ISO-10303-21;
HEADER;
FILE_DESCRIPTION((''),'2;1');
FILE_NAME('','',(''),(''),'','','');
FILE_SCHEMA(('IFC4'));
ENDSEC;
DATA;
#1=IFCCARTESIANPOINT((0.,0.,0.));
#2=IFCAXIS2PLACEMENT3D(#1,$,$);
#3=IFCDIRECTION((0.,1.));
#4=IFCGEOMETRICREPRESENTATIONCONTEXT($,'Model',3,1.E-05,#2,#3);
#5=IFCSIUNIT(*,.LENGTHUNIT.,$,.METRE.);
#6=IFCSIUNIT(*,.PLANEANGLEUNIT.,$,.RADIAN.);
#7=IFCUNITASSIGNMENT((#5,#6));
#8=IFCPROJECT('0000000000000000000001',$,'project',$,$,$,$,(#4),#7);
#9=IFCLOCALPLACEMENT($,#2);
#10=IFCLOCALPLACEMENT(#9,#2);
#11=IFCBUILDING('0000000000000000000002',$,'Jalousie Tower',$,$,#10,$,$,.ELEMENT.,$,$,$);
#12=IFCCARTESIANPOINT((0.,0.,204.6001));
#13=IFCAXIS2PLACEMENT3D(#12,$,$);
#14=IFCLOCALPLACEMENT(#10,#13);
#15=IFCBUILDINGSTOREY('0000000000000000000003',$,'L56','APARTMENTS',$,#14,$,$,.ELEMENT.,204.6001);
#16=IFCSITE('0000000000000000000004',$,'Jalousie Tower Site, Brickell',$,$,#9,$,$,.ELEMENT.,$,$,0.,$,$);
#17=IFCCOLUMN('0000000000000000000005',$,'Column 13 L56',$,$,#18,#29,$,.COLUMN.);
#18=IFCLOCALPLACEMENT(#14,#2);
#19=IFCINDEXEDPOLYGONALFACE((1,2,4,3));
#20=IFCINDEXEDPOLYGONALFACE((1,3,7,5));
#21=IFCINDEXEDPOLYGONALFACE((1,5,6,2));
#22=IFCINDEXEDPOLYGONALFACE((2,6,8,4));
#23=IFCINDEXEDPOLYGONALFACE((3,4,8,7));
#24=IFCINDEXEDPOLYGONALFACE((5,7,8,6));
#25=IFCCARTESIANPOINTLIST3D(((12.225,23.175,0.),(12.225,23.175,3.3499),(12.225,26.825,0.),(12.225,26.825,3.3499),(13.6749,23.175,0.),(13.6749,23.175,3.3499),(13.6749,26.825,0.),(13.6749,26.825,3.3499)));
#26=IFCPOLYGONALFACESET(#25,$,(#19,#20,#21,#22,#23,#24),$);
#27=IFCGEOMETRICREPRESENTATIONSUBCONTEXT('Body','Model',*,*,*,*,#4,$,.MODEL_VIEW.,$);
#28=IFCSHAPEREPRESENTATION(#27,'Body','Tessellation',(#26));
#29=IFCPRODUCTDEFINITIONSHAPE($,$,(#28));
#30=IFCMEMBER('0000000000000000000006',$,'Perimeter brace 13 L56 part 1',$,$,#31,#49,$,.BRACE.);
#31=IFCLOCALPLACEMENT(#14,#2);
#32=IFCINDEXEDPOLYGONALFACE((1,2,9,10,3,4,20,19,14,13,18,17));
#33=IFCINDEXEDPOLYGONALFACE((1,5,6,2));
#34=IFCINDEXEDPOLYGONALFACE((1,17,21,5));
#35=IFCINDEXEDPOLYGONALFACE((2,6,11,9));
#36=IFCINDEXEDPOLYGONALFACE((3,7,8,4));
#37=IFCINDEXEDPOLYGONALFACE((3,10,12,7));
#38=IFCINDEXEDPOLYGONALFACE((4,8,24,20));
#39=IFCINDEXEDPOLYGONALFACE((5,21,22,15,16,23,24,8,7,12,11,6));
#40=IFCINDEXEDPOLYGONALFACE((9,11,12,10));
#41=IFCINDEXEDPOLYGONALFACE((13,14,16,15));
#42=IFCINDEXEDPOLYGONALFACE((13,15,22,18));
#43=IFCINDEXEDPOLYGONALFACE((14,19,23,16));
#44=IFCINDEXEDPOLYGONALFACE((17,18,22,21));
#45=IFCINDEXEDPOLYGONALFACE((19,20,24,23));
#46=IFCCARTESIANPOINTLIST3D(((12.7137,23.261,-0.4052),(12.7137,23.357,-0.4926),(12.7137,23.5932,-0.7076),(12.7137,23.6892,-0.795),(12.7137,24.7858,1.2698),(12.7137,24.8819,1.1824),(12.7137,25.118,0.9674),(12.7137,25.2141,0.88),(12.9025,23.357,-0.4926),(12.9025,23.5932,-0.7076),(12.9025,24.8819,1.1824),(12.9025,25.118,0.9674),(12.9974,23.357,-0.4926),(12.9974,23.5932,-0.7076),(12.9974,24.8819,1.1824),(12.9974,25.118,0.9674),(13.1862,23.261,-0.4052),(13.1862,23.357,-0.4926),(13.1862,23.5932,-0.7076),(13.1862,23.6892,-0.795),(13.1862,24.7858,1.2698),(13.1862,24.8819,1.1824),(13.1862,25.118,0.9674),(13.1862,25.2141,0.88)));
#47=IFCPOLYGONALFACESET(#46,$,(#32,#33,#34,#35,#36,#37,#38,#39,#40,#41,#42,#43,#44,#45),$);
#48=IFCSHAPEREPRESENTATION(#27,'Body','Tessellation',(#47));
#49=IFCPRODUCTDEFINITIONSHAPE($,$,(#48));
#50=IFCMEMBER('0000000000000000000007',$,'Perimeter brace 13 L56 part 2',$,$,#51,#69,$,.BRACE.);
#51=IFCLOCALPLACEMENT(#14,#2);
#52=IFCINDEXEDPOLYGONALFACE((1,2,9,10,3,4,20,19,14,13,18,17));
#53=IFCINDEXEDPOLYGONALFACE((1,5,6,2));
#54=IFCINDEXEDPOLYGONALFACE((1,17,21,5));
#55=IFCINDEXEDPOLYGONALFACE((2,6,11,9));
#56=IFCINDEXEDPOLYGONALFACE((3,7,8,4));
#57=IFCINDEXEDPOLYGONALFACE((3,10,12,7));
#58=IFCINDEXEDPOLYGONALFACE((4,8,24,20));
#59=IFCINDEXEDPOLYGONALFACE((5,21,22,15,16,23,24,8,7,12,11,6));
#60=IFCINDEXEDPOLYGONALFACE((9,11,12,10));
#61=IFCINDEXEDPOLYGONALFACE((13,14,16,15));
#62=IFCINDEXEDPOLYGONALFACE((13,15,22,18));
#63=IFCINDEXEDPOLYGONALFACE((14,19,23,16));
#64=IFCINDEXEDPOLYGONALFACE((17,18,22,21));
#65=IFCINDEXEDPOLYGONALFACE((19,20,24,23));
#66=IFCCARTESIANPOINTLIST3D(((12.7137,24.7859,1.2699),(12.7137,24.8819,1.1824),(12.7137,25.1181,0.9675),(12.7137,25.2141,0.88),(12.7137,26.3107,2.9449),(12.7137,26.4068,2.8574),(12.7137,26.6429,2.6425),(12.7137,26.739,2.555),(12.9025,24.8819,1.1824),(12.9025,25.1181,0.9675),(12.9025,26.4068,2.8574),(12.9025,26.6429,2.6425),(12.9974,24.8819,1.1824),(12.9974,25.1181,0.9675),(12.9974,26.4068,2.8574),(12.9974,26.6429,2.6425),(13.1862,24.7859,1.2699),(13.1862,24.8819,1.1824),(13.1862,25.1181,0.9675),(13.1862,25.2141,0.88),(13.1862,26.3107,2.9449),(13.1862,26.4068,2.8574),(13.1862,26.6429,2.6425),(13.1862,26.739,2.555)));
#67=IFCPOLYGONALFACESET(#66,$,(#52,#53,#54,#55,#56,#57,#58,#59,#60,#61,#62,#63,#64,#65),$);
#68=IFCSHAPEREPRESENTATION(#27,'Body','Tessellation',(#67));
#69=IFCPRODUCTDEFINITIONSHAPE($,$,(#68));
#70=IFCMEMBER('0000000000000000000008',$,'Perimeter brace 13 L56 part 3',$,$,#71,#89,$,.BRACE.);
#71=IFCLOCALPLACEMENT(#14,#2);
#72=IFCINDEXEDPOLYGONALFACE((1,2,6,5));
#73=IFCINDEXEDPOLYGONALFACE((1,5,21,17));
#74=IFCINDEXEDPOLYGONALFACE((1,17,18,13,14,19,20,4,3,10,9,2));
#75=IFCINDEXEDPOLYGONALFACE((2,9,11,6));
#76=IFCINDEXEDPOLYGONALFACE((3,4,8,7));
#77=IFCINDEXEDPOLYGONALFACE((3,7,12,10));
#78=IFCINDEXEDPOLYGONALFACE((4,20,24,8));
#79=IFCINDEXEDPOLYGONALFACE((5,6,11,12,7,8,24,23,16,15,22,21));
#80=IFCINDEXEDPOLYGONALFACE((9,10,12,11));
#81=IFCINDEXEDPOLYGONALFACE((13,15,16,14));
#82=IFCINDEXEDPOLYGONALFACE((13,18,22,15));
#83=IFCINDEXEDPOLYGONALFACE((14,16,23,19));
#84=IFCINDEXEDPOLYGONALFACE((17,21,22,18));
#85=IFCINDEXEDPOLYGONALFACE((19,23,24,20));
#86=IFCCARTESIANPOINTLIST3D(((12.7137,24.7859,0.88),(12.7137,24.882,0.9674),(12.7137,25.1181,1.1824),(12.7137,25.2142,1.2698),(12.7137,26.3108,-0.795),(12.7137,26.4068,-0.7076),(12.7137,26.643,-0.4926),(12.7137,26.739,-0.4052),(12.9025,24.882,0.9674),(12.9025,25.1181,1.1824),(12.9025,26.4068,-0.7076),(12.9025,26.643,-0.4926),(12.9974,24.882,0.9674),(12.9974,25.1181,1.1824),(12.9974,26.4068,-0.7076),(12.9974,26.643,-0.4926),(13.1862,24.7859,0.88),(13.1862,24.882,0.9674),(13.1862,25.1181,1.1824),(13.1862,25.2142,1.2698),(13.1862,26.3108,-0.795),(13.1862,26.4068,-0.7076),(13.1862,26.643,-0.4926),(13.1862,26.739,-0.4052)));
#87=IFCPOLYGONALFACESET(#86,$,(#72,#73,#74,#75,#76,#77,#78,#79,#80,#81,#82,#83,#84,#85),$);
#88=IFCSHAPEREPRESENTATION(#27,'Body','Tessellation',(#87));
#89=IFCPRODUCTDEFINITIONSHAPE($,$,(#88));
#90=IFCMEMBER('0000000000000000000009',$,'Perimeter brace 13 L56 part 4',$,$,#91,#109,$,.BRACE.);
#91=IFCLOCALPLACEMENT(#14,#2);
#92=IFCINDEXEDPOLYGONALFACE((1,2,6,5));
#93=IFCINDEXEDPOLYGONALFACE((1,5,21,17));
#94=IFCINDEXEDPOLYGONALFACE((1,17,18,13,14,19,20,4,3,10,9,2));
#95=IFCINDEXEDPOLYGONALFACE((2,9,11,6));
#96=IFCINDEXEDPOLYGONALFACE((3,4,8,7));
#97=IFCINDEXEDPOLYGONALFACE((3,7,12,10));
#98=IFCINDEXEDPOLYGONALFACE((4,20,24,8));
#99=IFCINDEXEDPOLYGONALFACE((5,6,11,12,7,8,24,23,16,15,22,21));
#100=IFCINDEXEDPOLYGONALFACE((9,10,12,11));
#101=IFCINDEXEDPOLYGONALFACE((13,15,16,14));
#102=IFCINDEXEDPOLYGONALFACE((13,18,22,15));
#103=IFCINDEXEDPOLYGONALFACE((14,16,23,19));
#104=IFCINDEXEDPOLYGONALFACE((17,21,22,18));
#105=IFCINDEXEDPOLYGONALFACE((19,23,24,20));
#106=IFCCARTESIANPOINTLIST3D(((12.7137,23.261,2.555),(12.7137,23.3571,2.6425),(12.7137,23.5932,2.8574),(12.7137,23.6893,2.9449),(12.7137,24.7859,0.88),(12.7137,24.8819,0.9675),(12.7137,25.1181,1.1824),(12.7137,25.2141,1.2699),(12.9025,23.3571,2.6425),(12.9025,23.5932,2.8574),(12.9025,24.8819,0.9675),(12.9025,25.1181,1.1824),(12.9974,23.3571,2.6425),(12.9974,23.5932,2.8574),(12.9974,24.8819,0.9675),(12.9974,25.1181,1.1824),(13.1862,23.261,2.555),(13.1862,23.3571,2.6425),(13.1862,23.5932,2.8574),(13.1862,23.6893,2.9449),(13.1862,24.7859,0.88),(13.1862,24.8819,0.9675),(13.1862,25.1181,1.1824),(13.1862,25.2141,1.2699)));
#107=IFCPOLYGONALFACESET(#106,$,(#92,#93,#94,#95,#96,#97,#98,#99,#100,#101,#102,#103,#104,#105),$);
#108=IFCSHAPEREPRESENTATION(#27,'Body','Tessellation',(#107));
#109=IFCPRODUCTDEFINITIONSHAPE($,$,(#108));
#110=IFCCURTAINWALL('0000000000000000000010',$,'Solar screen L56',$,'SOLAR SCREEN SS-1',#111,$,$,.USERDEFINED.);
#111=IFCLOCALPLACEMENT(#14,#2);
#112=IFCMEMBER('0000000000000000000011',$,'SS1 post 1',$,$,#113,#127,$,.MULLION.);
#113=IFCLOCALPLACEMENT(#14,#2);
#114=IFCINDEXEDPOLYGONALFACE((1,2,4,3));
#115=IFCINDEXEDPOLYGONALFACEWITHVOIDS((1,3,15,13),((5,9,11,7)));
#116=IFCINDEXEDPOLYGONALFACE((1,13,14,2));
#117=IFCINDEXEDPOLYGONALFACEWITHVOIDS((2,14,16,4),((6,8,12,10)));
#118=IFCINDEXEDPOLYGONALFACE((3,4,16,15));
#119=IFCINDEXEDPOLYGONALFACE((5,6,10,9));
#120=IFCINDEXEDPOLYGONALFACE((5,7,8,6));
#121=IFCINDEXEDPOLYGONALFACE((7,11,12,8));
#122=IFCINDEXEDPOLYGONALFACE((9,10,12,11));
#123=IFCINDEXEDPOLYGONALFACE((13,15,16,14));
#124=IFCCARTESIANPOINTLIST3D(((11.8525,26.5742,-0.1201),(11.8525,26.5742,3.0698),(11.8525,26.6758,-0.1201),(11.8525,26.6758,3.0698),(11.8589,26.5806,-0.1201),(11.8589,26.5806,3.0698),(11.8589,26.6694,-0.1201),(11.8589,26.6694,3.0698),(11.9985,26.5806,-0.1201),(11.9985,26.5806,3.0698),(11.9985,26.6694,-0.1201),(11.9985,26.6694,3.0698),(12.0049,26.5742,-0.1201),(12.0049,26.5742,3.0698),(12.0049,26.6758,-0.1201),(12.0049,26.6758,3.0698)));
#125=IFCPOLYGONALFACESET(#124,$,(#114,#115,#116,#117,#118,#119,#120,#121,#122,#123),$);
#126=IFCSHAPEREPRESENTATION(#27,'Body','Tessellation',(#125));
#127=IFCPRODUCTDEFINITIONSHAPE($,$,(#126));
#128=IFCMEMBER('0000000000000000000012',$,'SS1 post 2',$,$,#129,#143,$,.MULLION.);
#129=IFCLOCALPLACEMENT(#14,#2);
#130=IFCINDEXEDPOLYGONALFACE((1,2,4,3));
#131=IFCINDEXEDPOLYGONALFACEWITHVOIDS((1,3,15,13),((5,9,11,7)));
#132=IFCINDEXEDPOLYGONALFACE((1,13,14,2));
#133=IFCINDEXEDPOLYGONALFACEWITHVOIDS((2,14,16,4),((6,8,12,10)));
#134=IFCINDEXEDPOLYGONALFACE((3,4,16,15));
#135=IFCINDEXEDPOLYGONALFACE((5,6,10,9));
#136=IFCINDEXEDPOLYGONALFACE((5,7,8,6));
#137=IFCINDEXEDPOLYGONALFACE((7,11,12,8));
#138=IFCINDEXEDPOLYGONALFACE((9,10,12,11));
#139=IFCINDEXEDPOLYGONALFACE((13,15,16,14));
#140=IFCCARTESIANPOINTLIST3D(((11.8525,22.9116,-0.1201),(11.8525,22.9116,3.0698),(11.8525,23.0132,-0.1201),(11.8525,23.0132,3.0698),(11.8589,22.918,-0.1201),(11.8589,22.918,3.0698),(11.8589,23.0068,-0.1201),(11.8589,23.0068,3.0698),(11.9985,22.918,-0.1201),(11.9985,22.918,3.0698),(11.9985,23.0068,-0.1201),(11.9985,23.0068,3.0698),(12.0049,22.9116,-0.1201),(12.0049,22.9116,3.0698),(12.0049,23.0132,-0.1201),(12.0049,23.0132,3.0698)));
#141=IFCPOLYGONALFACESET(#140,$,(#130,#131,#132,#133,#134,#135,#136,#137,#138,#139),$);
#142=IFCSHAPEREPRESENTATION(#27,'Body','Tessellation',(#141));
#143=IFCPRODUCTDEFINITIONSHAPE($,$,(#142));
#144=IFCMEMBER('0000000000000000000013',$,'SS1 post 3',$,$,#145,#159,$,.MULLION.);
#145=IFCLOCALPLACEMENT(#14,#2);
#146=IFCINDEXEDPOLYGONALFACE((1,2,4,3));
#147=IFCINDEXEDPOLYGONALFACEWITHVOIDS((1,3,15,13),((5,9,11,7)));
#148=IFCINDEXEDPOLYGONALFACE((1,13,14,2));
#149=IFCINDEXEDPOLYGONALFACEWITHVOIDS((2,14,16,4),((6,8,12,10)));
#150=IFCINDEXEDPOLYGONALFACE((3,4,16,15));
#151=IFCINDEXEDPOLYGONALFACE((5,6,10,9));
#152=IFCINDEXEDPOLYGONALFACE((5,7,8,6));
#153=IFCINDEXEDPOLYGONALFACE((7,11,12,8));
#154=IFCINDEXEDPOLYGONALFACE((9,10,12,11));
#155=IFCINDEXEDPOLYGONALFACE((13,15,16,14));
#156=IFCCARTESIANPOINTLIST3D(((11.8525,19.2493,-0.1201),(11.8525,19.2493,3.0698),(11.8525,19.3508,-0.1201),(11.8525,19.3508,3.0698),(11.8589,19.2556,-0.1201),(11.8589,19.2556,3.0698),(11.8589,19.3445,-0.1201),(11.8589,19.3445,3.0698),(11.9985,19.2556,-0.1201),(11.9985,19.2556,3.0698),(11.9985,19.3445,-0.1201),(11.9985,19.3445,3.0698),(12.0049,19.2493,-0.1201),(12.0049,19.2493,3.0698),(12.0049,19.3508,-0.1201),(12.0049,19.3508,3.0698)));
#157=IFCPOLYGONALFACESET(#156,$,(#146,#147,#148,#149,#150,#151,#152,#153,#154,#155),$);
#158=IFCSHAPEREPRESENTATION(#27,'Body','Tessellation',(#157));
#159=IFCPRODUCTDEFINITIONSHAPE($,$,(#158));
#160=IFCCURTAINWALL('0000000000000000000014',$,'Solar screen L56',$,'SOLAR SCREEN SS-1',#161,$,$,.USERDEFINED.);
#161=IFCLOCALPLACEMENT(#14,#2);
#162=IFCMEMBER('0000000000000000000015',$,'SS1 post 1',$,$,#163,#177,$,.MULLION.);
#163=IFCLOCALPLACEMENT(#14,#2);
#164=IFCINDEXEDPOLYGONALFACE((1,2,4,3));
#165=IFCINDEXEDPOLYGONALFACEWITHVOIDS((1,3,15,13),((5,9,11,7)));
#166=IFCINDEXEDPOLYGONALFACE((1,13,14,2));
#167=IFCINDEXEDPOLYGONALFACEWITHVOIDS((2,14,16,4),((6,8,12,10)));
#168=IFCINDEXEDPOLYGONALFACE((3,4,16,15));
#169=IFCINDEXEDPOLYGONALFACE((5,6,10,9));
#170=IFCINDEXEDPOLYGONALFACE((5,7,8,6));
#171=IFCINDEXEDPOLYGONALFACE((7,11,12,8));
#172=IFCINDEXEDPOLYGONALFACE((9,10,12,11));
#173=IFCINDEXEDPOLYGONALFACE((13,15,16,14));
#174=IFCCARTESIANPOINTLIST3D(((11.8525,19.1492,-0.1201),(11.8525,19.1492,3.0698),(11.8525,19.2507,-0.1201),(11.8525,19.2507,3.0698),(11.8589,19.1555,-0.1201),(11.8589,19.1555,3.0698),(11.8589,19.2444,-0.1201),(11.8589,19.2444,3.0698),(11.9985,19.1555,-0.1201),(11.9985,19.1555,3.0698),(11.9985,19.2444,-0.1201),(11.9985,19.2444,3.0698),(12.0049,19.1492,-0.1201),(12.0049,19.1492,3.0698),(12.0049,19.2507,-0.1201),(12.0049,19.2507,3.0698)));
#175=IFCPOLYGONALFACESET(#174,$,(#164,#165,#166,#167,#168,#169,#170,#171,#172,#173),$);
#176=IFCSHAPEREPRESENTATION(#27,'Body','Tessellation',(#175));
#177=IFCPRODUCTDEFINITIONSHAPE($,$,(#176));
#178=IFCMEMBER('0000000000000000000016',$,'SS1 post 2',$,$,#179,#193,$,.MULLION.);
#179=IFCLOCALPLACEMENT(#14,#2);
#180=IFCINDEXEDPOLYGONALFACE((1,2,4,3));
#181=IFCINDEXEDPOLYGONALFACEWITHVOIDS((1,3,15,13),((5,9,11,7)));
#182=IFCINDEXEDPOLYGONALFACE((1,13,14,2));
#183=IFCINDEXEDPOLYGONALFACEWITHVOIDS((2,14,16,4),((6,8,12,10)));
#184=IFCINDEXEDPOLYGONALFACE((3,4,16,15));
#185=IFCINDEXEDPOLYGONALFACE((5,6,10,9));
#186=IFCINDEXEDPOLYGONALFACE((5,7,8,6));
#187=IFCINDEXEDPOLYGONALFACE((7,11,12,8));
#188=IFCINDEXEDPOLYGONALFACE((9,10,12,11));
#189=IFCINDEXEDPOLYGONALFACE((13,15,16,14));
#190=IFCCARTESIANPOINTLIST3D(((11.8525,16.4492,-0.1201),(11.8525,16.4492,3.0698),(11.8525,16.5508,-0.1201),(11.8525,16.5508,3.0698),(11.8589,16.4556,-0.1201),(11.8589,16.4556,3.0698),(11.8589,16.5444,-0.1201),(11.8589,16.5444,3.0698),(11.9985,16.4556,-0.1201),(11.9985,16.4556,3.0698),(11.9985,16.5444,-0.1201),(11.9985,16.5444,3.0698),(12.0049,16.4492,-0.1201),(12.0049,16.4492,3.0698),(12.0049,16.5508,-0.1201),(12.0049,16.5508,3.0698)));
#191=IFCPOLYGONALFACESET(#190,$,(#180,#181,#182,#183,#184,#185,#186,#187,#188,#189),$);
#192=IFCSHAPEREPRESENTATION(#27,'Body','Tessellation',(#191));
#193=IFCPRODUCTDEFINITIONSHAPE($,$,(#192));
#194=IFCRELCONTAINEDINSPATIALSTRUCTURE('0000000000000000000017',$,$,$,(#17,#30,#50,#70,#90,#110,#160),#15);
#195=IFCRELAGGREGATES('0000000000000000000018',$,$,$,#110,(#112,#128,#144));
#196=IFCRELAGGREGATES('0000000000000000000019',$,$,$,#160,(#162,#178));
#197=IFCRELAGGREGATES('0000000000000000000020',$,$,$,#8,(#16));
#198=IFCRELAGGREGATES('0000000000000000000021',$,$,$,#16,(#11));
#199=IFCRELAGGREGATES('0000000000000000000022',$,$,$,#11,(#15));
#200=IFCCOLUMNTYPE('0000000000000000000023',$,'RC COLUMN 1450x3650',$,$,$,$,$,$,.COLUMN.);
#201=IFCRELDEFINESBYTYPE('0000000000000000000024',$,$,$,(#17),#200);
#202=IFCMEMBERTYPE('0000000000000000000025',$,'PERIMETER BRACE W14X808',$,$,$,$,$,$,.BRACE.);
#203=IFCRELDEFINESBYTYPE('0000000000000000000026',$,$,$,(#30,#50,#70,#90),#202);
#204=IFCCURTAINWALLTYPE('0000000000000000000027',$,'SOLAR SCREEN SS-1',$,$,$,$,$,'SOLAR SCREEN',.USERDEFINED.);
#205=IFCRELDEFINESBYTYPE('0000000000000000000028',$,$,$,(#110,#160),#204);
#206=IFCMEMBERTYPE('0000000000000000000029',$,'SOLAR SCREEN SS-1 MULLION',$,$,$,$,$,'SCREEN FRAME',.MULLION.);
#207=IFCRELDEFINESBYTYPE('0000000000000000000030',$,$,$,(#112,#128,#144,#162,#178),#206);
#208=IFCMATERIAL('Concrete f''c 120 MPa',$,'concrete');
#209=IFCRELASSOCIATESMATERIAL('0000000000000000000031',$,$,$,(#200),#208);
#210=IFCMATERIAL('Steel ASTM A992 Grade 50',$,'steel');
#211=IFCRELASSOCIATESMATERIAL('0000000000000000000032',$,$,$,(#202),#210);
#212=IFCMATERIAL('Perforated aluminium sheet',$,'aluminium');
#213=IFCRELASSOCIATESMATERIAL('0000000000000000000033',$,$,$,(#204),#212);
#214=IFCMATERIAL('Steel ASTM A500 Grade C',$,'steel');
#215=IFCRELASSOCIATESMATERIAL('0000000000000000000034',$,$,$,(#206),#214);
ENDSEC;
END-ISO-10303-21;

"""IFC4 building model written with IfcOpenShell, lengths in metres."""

from ifc_helpers import new_model, si_unit, direction, frame, origin, origin_2d, place, context, subcontext, project, spatial, rectangle, hollow_rectangle, i_section, extrude, material, material_profile, profile_set, type_object, element, aggregate, save


model = new_model("IFC4")

# Units and contexts
model_context = context("Model", 3, precision=1e-05, world=origin(), true_north=direction((0.0, 1.0)))
body_context = subcontext(model_context, "Body", "Model", "MODEL_VIEW")
ifc_project = project(units=[si_unit("LENGTHUNIT", "METRE"), si_unit("PLANEANGLEUNIT", "RADIAN")], contexts=[model_context])

# Site, building, storey
site_placement = place(None, origin())
site = spatial("IfcSite", under=ifc_project, at=site_placement, Name="Jalousie Tower Site, Brickell", CompositionType="ELEMENT", RefElevation=0.0)
building_placement = place(site_placement, origin())
building = spatial("IfcBuilding", under=site, at=building_placement, Name="Jalousie Tower", CompositionType="ELEMENT")
storey_placement = place(building_placement, frame((0.0, 0.0, 204.6001)))
storey = spatial("IfcBuildingStorey", under=building, at=storey_placement, Name="L56", Description="APARTMENTS", CompositionType="ELEMENT", Elevation=204.6001)

# Column
ifc_material_1 = material(Name="Concrete f'c 120 MPa", Category="concrete")
ifc_material_profile_1 = material_profile(ifc_material_1, rectangle(XDim=1.45, YDim=3.6499, at=origin_2d()), Name="RC 1450x3650")
ifc_profile_set_1 = profile_set([ifc_material_profile_1], Name="Concrete f'c 120 MPa")
column_type = type_object("IfcColumnType", Name="RC COLUMN 1450x3650", PredefinedType="COLUMN", material=ifc_profile_set_1)
column_placement = place(storey_placement, frame((12.95, 25.0, 0.0), z_axis=(0.0, 0.0, 1.0), x_axis=(1.0, 0.0, 0.0)))
element("IfcColumn", 1, at=column_placement, inside=storey, type_object=column_type, Name="Column 13 L56", PredefinedType="COLUMN", context=body_context, shape_type="SweptSolid", body=[
    extrude(rectangle(XDim=1.45, YDim=3.6499, at=origin_2d()), origin(), (0.0, 0.0, 1.0), 3.3499),
])

# Members
ifc_material_2 = material(Name="Steel ASTM A992 Grade 50", Category="steel")
ifc_material_profile_2 = material_profile(ifc_material_2, i_section(OverallWidth=0.4724, OverallDepth=0.5791, WebThickness=0.095, FlangeThickness=0.1299, at=origin_2d()), Name="W14X808")
ifc_profile_set_2 = profile_set([ifc_material_profile_2], Name="Steel ASTM A992 Grade 50")
member_type_1 = type_object("IfcMemberType", Name="PERIMETER BRACE W14X808", PredefinedType="BRACE", material=ifc_profile_set_2)
for number, where, z_axis, x_axis, name in (
    (2, (12.95, 23.4751, -0.6001), (0.0, 0.673188, 0.739472), (-1.0, 0.0, 0.0), "Perimeter brace 13 L56 part 1"),
    (3, (12.95, 25.0, 1.075), (0.0, 0.673188, 0.739472), (-1.0, 0.0, 0.0), "Perimeter brace 13 L56 part 2"),
    (4, (12.95, 26.5249, -0.6001), (0.0, -0.673188, 0.739472), (1.0, 0.0, 0.0), "Perimeter brace 13 L56 part 3"),
    (5, (12.95, 25.0, 1.075), (0.0, -0.673188, 0.739472), (1.0, 0.0, 0.0), "Perimeter brace 13 L56 part 4"),
):
    element("IfcMember", number, at=place(storey_placement, frame(where, z_axis=z_axis, x_axis=x_axis)), inside=storey, type_object=member_type_1, Name=name, PredefinedType="BRACE", context=body_context, shape_type="SweptSolid", body=[
        extrude(i_section(OverallWidth=0.4724, OverallDepth=0.5791, WebThickness=0.095, FlangeThickness=0.1299, at=origin_2d()), origin(), (0.0, 0.0, 1.0), 2.2651),
    ])

# Curtain walls, members
ifc_material_3 = material(Name="Perforated aluminium sheet", Category="aluminium")
curtain_wall_type = type_object("IfcCurtainWallType", Name="SOLAR SCREEN SS-1", ElementType="SOLAR SCREEN", PredefinedType="USERDEFINED", material=ifc_material_3)
curtain_wall_1_placement = place(storey_placement, origin())
curtain_wall_1 = element("IfcCurtainWall", 6, at=curtain_wall_1_placement, inside=storey, type_object=curtain_wall_type, Name="Solar screen L56", ObjectType="SOLAR SCREEN SS-1", PredefinedType="USERDEFINED")
ifc_material_4 = material(Name="Steel ASTM A500 Grade C", Category="steel")
ifc_material_profile_3 = material_profile(ifc_material_4, hollow_rectangle(XDim=0.1016, YDim=0.1523, WallThickness=0.0063, at=origin_2d()), Name="HSS6X4X1/4")
ifc_profile_set_3 = profile_set([ifc_material_profile_3], Name="Steel ASTM A500 Grade C")
member_type_2 = type_object("IfcMemberType", Name="SOLAR SCREEN SS-1 MULLION", ElementType="SCREEN FRAME", PredefinedType="MULLION", material=ifc_profile_set_3)
member_1_placement = place(storey_placement, frame((11.9287, 26.625, -0.1201), z_axis=(0.0, 0.0, 1.0), x_axis=(0.0, -1.0, 0.0)))
member_1 = element("IfcMember", 7, at=member_1_placement, type_object=member_type_2, Name="SS1 post 1", PredefinedType="MULLION", context=body_context, shape_type="SweptSolid", body=[
    extrude(hollow_rectangle(XDim=0.1016, YDim=0.1523, WallThickness=0.0063, at=origin_2d()), origin(), (0.0, 0.0, 1.0), 3.1899),
])
member_2_placement = place(storey_placement, frame((11.9287, 22.9624, -0.1201), z_axis=(0.0, 0.0, 1.0), x_axis=(0.0, -1.0, 0.0)))
member_2 = element("IfcMember", 8, at=member_2_placement, type_object=member_type_2, Name="SS1 post 2", PredefinedType="MULLION", context=body_context, shape_type="SweptSolid", body=[
    extrude(hollow_rectangle(XDim=0.1016, YDim=0.1523, WallThickness=0.0063, at=origin_2d()), origin(), (0.0, 0.0, 1.0), 3.1899),
])
member_3_placement = place(storey_placement, frame((11.9287, 19.3, -0.1201), z_axis=(0.0, 0.0, 1.0), x_axis=(0.0, -1.0, 0.0)))
member_3 = element("IfcMember", 9, at=member_3_placement, type_object=member_type_2, Name="SS1 post 3", PredefinedType="MULLION", context=body_context, shape_type="SweptSolid", body=[
    extrude(hollow_rectangle(XDim=0.1016, YDim=0.1523, WallThickness=0.0063, at=origin_2d()), origin(), (0.0, 0.0, 1.0), 3.1899),
])
curtain_wall_2_placement = place(storey_placement, origin())
curtain_wall_2 = element("IfcCurtainWall", 10, at=curtain_wall_2_placement, inside=storey, type_object=curtain_wall_type, Name="Solar screen L56", ObjectType="SOLAR SCREEN SS-1", PredefinedType="USERDEFINED")
member_4_placement = place(storey_placement, frame((11.9287, 19.2, -0.1201), z_axis=(0.0, 0.0, 1.0), x_axis=(0.0, -1.0, 0.0)))
member_4 = element("IfcMember", 11, at=member_4_placement, type_object=member_type_2, Name="SS1 post 1", PredefinedType="MULLION", context=body_context, shape_type="SweptSolid", body=[
    extrude(hollow_rectangle(XDim=0.1016, YDim=0.1523, WallThickness=0.0063, at=origin_2d()), origin(), (0.0, 0.0, 1.0), 3.1899),
])
member_5_placement = place(storey_placement, frame((11.9287, 16.5, -0.1201), z_axis=(0.0, 0.0, 1.0), x_axis=(0.0, -1.0, 0.0)))
member_5 = element("IfcMember", 12, at=member_5_placement, type_object=member_type_2, Name="SS1 post 2", PredefinedType="MULLION", context=body_context, shape_type="SweptSolid", body=[
    extrude(hollow_rectangle(XDim=0.1016, YDim=0.1523, WallThickness=0.0063, at=origin_2d()), origin(), (0.0, 0.0, 1.0), 3.1899),
])

aggregate(curtain_wall_1, [member_1, member_2, member_3])
aggregate(curtain_wall_2, [member_4, member_5])

save(model, "model.ifc")
